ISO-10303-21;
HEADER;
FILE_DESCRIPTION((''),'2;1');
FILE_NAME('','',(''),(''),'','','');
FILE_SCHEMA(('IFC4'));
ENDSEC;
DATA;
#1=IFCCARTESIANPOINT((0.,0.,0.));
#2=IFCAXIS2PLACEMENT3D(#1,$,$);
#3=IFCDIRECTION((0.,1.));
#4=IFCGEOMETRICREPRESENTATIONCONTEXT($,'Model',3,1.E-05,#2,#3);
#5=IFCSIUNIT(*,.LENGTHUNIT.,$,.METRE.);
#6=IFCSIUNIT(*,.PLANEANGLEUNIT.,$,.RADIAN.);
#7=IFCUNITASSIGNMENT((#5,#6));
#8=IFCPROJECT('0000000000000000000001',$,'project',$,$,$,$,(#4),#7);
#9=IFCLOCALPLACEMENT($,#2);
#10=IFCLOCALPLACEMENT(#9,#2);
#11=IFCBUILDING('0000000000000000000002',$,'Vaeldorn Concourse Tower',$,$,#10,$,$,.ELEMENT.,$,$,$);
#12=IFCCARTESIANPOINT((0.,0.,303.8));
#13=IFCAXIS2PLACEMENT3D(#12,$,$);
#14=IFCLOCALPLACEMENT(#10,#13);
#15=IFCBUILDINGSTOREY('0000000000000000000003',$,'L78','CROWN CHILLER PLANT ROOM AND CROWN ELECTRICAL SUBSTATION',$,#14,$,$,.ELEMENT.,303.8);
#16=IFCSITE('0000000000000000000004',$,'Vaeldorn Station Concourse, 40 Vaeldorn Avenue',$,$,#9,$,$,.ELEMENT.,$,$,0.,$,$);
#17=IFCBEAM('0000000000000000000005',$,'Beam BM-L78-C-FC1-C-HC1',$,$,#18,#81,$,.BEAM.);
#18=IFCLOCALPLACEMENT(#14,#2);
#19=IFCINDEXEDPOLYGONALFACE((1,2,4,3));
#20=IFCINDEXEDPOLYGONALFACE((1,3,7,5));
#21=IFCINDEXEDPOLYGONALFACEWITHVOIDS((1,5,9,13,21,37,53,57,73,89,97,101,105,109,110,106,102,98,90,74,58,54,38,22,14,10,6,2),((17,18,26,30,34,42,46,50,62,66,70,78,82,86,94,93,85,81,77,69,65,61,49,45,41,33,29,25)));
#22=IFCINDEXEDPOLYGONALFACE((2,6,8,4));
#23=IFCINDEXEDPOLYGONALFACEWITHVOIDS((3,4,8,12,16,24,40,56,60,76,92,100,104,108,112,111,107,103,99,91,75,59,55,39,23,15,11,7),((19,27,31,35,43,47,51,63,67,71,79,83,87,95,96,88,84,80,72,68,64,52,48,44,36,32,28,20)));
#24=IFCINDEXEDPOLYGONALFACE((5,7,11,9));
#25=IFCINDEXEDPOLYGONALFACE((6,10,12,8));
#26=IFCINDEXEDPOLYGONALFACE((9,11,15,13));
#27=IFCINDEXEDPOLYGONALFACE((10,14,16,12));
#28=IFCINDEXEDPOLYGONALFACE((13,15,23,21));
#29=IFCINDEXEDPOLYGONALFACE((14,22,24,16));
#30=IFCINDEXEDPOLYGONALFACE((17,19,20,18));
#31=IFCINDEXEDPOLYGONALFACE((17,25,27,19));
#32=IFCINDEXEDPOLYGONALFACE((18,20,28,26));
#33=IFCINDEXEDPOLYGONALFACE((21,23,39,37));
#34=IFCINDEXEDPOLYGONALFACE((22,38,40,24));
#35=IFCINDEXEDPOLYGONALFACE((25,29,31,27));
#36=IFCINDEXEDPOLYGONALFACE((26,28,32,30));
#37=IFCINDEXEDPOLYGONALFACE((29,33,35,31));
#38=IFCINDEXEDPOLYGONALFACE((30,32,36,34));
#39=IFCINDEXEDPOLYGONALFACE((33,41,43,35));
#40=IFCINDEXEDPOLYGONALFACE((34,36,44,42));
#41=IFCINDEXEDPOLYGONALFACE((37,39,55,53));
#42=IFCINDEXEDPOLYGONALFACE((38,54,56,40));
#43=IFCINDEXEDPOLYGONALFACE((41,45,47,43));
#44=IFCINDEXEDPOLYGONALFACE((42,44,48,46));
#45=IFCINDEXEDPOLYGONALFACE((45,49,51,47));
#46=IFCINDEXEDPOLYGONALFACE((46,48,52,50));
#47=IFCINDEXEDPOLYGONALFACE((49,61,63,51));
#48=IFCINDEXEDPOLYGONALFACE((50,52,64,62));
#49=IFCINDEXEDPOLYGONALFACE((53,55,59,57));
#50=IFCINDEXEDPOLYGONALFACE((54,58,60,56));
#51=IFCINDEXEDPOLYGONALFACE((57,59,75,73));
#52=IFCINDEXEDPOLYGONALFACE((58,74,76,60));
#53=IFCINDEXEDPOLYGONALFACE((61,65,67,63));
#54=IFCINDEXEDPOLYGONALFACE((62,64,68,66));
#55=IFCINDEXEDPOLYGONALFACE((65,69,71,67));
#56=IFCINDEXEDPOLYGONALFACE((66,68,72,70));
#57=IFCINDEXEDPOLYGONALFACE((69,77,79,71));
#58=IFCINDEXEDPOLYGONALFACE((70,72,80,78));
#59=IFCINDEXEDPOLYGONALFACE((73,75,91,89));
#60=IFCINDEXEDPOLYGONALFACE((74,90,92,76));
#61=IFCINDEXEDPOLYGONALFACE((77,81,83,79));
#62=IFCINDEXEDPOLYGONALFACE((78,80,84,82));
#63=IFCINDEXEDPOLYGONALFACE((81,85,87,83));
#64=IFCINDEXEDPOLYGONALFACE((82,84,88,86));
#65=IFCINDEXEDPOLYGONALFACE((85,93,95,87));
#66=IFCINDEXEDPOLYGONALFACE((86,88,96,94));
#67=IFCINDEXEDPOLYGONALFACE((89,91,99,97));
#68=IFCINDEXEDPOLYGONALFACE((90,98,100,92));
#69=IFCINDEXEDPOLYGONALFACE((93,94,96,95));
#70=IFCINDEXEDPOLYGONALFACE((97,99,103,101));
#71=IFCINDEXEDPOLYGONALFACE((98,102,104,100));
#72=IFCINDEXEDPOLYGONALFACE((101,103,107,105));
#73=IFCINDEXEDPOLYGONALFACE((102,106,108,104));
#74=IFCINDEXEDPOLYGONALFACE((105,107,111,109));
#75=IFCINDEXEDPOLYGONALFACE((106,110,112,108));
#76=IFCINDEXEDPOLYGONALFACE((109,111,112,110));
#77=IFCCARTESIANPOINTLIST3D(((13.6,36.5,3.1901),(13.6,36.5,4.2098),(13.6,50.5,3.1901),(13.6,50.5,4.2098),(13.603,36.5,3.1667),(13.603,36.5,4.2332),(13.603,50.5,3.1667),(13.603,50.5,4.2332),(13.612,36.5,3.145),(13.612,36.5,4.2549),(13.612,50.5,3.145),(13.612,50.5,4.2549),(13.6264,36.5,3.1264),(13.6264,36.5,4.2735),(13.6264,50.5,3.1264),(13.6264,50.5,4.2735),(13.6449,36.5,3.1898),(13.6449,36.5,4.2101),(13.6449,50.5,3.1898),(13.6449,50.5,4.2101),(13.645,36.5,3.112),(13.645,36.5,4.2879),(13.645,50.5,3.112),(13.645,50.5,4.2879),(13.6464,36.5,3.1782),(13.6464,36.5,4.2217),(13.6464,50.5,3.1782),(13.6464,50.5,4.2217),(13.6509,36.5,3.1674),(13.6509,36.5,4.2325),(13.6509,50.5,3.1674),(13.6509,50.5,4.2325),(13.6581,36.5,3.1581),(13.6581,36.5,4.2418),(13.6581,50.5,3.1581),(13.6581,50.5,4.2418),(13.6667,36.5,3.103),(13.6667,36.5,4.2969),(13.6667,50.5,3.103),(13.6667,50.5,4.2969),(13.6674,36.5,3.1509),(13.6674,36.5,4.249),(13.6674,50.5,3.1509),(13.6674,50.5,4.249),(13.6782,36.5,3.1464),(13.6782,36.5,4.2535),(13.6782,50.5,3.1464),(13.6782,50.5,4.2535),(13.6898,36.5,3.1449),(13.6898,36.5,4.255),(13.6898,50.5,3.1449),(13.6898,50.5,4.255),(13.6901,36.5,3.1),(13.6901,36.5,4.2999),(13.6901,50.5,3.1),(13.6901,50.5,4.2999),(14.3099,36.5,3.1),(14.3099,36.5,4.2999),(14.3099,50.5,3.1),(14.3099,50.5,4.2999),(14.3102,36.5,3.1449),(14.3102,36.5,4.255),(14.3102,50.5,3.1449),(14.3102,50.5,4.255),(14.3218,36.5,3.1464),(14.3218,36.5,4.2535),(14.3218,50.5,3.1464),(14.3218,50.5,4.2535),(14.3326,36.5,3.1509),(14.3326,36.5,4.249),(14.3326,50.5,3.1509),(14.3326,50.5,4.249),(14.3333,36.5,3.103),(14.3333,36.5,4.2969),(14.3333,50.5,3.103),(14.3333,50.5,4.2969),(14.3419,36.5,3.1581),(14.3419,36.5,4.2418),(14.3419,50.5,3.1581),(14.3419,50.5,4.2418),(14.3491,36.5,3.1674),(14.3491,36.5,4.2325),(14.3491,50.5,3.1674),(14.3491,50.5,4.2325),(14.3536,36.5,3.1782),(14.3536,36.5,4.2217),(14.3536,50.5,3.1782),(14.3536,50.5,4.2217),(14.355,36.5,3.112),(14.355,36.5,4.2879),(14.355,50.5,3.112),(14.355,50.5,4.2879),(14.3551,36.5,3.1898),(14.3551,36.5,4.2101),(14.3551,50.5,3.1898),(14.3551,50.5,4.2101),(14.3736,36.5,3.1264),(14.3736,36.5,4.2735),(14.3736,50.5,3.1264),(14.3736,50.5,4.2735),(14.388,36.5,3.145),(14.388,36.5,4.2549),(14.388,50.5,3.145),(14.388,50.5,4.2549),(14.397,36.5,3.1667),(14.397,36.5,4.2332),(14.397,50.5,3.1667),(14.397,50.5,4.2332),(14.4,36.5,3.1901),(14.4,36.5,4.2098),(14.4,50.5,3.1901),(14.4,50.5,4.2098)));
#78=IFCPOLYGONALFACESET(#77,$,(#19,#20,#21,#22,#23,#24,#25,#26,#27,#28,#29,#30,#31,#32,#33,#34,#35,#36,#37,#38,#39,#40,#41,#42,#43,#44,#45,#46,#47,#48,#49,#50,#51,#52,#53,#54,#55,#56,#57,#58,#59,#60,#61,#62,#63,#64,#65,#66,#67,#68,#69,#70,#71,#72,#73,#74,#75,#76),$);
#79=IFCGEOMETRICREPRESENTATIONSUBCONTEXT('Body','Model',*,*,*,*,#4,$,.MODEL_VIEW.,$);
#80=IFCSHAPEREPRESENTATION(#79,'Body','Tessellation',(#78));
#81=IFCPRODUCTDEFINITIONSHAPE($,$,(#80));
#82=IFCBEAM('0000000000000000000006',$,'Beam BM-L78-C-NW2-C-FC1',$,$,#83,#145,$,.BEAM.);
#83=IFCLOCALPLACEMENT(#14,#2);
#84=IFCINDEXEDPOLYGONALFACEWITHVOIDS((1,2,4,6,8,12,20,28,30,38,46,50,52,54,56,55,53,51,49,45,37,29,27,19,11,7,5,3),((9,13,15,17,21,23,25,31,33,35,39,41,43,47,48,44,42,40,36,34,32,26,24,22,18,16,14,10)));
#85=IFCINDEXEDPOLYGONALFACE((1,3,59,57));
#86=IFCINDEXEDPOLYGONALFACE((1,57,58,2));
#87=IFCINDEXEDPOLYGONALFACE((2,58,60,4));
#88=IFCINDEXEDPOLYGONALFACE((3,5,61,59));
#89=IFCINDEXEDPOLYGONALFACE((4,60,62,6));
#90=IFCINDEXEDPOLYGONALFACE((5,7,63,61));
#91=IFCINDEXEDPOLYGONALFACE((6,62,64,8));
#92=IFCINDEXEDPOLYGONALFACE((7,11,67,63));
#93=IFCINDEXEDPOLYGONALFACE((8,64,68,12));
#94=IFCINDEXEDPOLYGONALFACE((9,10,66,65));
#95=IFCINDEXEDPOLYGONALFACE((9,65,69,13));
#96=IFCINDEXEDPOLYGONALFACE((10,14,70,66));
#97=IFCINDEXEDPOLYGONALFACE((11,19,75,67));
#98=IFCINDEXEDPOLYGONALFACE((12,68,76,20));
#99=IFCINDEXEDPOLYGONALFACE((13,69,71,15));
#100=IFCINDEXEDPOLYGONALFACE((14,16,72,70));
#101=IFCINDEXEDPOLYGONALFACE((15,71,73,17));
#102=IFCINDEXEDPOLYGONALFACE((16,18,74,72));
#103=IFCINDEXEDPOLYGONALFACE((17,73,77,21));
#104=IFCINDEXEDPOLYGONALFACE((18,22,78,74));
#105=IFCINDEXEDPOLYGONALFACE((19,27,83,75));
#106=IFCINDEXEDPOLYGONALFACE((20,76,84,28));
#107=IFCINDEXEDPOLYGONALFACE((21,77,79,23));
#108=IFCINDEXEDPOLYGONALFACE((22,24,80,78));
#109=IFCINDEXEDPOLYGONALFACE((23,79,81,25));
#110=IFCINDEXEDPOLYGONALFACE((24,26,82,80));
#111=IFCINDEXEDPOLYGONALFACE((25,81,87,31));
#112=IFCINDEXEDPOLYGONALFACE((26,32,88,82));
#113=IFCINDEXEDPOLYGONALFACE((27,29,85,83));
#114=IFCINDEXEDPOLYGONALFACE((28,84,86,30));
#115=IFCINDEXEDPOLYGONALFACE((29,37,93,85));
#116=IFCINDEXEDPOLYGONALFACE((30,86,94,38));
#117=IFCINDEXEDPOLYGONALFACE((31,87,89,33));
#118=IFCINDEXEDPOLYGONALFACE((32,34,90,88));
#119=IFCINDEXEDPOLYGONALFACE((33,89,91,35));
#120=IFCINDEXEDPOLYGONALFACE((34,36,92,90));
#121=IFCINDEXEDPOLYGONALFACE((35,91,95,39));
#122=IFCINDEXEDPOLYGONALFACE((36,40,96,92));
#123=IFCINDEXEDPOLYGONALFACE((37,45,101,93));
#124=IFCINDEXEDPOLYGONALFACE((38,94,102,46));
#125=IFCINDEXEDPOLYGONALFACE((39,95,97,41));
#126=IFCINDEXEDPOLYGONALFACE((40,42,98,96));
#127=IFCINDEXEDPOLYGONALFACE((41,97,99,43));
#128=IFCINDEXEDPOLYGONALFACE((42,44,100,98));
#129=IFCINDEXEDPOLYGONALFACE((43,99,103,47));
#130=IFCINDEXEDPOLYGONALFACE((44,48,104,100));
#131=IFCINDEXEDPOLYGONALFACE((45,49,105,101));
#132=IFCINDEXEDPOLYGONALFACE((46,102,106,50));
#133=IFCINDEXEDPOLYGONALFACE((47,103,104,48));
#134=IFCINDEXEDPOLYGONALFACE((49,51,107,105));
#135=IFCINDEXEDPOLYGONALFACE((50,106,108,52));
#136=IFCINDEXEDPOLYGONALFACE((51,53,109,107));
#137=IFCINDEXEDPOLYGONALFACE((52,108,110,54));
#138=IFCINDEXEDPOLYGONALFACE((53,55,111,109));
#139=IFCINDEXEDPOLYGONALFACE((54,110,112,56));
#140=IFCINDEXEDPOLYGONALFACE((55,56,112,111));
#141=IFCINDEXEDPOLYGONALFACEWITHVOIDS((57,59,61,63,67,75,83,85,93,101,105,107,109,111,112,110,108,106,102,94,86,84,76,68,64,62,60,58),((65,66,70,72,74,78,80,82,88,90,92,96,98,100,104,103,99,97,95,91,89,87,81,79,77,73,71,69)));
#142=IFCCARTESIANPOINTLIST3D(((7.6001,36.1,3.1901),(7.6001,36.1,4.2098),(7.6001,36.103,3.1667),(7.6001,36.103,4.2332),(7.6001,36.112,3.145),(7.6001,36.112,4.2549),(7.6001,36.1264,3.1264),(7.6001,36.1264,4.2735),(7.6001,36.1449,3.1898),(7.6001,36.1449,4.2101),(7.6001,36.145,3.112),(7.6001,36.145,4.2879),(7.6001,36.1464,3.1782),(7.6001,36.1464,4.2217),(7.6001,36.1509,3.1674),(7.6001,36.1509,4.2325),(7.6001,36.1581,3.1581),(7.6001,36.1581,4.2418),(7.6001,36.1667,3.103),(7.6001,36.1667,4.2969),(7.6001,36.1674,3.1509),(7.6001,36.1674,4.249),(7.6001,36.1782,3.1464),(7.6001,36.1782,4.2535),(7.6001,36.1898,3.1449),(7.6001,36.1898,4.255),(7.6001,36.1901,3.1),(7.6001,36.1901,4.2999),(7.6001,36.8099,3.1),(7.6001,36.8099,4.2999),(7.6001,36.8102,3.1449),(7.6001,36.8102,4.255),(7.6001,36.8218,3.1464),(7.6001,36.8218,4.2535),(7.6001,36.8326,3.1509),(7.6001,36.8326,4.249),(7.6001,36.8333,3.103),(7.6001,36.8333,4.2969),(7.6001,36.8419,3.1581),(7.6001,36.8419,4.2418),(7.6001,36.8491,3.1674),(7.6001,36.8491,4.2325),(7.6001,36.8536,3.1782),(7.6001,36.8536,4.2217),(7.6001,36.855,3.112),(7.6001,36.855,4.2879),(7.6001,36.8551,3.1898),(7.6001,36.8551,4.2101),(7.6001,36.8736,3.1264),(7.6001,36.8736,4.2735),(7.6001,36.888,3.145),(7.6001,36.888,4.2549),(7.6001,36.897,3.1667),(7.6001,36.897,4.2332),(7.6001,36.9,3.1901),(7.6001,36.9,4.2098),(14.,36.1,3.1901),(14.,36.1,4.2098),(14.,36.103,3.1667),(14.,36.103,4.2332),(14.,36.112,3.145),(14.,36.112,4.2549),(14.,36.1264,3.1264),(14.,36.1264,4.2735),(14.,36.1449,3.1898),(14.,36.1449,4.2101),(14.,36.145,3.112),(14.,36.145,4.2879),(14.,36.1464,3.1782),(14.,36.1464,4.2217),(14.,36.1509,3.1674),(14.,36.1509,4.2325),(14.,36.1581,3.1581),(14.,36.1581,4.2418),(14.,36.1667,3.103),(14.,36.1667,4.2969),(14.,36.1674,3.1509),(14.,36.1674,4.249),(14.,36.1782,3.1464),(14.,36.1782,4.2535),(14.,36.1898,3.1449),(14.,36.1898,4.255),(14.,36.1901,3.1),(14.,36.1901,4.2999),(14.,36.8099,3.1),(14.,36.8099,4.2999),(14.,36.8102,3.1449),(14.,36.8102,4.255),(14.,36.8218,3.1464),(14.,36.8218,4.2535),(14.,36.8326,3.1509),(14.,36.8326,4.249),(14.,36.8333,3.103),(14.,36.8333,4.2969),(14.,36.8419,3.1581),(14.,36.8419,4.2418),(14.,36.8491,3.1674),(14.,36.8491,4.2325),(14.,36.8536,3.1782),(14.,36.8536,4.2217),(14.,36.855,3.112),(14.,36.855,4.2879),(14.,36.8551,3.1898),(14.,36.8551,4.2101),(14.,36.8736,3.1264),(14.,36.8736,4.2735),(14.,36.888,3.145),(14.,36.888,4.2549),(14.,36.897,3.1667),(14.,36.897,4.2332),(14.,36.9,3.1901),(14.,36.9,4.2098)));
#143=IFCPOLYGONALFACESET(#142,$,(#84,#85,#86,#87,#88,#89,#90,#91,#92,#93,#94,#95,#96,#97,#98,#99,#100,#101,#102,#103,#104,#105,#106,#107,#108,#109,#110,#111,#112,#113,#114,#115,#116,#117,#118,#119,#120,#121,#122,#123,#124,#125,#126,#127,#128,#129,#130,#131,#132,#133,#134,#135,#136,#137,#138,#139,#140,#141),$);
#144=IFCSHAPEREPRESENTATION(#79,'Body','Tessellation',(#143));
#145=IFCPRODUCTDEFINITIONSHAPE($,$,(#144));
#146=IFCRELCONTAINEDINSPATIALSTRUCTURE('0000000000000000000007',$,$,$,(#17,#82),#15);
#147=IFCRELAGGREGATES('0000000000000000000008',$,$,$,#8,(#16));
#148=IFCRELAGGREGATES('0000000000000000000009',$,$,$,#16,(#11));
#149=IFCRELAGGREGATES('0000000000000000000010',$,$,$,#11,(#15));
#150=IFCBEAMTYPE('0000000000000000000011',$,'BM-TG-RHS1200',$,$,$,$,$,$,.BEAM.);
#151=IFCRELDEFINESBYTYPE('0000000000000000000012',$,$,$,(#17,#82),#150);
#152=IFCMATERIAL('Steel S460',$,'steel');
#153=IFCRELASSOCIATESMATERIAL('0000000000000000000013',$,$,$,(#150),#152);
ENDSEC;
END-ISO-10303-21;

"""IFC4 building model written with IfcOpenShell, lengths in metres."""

from ifc_helpers import new_model, si_unit, direction, frame, origin, origin_2d, place, context, subcontext, project, spatial, hollow_rectangle, extrude, source, transform, mapped, material, material_profile, profile_set, type_object, element, save


model = new_model("IFC4")

# Units and contexts
model_context = context("Model", 3, precision=1e-05, world=origin(), true_north=direction((0.0, 1.0)))
body_context = subcontext(model_context, "Body", "Model", "MODEL_VIEW")
ifc_project = project(units=[si_unit("LENGTHUNIT", "METRE"), si_unit("PLANEANGLEUNIT", "RADIAN")], contexts=[model_context])

# Site, building, storey
site_placement = place(None, origin())
site = spatial("IfcSite", under=ifc_project, at=site_placement, Name="Vaeldorn Station Concourse, 40 Vaeldorn Avenue", CompositionType="ELEMENT", RefElevation=0.0)
building_placement = place(site_placement, origin())
building = spatial("IfcBuilding", under=site, at=building_placement, Name="Vaeldorn Concourse Tower", CompositionType="ELEMENT")
storey_placement = place(building_placement, frame((0.0, 0.0, 303.8)))
storey = spatial("IfcBuildingStorey", under=building, at=storey_placement, Name="L78", Description="CROWN CHILLER PLANT ROOM AND CROWN ELECTRICAL SUBSTATION", CompositionType="ELEMENT", Elevation=303.8)

# Beams
ifc_material_1 = material(Name="Steel S460", Category="steel")
ifc_material_profile_1 = material_profile(ifc_material_1, hollow_rectangle(XDim=0.8, YDim=1.2, WallThickness=0.0449, InnerFilletRadius=0.0449, OuterFilletRadius=0.0901, at=origin_2d()), Name="RHS 1200x800x45")
ifc_profile_set_1 = profile_set([ifc_material_profile_1], Name="Steel S460")
beam_type_1 = type_object("IfcBeamType", Name="BM-TG-RHS1200", PredefinedType="BEAM", material=ifc_profile_set_1)
shared_shape_1 = source(origin(), body_context, "Body", "SweptSolid", [
    extrude(hollow_rectangle(XDim=0.8, YDim=1.2, WallThickness=0.0449, InnerFilletRadius=0.0449, OuterFilletRadius=0.0901, at=origin_2d()), origin(), (0.0, 0.0, 1.0), 14.0),
])
beam_1_placement = place(storey_placement, frame((14.0, 36.5, 3.7), z_axis=(0.0, 1.0, 0.0), x_axis=(-1.0, 0.0, 0.0)))
element("IfcBeam", 1, at=beam_1_placement, inside=storey, type_object=beam_type_1, Name="Beam BM-L78-C-FC1-C-HC1", PredefinedType="BEAM", context=body_context, shape_type="MappedRepresentation", body=[
    mapped(shared_shape_1, transform((0.0, 0.0, 0.0), scale=1.0)),
])
shared_shape_2 = source(origin(), body_context, "Body", "SweptSolid", [
    extrude(hollow_rectangle(XDim=0.8, YDim=1.2, WallThickness=0.0449, InnerFilletRadius=0.0449, OuterFilletRadius=0.0901, at=origin_2d()), origin(), (0.0, 0.0, 1.0), 6.3999),
])
beam_2_placement = place(storey_placement, frame((7.6001, 36.5, 3.7), z_axis=(1.0, 0.0, 0.0), x_axis=(0.0, 1.0, 0.0)))
element("IfcBeam", 2, at=beam_2_placement, inside=storey, type_object=beam_type_1, Name="Beam BM-L78-C-NW2-C-FC1", PredefinedType="BEAM", context=body_context, shape_type="MappedRepresentation", body=[
    mapped(shared_shape_2, transform((0.0, 0.0, 0.0), scale=1.0)),
])

save(model, "model.ifc")
